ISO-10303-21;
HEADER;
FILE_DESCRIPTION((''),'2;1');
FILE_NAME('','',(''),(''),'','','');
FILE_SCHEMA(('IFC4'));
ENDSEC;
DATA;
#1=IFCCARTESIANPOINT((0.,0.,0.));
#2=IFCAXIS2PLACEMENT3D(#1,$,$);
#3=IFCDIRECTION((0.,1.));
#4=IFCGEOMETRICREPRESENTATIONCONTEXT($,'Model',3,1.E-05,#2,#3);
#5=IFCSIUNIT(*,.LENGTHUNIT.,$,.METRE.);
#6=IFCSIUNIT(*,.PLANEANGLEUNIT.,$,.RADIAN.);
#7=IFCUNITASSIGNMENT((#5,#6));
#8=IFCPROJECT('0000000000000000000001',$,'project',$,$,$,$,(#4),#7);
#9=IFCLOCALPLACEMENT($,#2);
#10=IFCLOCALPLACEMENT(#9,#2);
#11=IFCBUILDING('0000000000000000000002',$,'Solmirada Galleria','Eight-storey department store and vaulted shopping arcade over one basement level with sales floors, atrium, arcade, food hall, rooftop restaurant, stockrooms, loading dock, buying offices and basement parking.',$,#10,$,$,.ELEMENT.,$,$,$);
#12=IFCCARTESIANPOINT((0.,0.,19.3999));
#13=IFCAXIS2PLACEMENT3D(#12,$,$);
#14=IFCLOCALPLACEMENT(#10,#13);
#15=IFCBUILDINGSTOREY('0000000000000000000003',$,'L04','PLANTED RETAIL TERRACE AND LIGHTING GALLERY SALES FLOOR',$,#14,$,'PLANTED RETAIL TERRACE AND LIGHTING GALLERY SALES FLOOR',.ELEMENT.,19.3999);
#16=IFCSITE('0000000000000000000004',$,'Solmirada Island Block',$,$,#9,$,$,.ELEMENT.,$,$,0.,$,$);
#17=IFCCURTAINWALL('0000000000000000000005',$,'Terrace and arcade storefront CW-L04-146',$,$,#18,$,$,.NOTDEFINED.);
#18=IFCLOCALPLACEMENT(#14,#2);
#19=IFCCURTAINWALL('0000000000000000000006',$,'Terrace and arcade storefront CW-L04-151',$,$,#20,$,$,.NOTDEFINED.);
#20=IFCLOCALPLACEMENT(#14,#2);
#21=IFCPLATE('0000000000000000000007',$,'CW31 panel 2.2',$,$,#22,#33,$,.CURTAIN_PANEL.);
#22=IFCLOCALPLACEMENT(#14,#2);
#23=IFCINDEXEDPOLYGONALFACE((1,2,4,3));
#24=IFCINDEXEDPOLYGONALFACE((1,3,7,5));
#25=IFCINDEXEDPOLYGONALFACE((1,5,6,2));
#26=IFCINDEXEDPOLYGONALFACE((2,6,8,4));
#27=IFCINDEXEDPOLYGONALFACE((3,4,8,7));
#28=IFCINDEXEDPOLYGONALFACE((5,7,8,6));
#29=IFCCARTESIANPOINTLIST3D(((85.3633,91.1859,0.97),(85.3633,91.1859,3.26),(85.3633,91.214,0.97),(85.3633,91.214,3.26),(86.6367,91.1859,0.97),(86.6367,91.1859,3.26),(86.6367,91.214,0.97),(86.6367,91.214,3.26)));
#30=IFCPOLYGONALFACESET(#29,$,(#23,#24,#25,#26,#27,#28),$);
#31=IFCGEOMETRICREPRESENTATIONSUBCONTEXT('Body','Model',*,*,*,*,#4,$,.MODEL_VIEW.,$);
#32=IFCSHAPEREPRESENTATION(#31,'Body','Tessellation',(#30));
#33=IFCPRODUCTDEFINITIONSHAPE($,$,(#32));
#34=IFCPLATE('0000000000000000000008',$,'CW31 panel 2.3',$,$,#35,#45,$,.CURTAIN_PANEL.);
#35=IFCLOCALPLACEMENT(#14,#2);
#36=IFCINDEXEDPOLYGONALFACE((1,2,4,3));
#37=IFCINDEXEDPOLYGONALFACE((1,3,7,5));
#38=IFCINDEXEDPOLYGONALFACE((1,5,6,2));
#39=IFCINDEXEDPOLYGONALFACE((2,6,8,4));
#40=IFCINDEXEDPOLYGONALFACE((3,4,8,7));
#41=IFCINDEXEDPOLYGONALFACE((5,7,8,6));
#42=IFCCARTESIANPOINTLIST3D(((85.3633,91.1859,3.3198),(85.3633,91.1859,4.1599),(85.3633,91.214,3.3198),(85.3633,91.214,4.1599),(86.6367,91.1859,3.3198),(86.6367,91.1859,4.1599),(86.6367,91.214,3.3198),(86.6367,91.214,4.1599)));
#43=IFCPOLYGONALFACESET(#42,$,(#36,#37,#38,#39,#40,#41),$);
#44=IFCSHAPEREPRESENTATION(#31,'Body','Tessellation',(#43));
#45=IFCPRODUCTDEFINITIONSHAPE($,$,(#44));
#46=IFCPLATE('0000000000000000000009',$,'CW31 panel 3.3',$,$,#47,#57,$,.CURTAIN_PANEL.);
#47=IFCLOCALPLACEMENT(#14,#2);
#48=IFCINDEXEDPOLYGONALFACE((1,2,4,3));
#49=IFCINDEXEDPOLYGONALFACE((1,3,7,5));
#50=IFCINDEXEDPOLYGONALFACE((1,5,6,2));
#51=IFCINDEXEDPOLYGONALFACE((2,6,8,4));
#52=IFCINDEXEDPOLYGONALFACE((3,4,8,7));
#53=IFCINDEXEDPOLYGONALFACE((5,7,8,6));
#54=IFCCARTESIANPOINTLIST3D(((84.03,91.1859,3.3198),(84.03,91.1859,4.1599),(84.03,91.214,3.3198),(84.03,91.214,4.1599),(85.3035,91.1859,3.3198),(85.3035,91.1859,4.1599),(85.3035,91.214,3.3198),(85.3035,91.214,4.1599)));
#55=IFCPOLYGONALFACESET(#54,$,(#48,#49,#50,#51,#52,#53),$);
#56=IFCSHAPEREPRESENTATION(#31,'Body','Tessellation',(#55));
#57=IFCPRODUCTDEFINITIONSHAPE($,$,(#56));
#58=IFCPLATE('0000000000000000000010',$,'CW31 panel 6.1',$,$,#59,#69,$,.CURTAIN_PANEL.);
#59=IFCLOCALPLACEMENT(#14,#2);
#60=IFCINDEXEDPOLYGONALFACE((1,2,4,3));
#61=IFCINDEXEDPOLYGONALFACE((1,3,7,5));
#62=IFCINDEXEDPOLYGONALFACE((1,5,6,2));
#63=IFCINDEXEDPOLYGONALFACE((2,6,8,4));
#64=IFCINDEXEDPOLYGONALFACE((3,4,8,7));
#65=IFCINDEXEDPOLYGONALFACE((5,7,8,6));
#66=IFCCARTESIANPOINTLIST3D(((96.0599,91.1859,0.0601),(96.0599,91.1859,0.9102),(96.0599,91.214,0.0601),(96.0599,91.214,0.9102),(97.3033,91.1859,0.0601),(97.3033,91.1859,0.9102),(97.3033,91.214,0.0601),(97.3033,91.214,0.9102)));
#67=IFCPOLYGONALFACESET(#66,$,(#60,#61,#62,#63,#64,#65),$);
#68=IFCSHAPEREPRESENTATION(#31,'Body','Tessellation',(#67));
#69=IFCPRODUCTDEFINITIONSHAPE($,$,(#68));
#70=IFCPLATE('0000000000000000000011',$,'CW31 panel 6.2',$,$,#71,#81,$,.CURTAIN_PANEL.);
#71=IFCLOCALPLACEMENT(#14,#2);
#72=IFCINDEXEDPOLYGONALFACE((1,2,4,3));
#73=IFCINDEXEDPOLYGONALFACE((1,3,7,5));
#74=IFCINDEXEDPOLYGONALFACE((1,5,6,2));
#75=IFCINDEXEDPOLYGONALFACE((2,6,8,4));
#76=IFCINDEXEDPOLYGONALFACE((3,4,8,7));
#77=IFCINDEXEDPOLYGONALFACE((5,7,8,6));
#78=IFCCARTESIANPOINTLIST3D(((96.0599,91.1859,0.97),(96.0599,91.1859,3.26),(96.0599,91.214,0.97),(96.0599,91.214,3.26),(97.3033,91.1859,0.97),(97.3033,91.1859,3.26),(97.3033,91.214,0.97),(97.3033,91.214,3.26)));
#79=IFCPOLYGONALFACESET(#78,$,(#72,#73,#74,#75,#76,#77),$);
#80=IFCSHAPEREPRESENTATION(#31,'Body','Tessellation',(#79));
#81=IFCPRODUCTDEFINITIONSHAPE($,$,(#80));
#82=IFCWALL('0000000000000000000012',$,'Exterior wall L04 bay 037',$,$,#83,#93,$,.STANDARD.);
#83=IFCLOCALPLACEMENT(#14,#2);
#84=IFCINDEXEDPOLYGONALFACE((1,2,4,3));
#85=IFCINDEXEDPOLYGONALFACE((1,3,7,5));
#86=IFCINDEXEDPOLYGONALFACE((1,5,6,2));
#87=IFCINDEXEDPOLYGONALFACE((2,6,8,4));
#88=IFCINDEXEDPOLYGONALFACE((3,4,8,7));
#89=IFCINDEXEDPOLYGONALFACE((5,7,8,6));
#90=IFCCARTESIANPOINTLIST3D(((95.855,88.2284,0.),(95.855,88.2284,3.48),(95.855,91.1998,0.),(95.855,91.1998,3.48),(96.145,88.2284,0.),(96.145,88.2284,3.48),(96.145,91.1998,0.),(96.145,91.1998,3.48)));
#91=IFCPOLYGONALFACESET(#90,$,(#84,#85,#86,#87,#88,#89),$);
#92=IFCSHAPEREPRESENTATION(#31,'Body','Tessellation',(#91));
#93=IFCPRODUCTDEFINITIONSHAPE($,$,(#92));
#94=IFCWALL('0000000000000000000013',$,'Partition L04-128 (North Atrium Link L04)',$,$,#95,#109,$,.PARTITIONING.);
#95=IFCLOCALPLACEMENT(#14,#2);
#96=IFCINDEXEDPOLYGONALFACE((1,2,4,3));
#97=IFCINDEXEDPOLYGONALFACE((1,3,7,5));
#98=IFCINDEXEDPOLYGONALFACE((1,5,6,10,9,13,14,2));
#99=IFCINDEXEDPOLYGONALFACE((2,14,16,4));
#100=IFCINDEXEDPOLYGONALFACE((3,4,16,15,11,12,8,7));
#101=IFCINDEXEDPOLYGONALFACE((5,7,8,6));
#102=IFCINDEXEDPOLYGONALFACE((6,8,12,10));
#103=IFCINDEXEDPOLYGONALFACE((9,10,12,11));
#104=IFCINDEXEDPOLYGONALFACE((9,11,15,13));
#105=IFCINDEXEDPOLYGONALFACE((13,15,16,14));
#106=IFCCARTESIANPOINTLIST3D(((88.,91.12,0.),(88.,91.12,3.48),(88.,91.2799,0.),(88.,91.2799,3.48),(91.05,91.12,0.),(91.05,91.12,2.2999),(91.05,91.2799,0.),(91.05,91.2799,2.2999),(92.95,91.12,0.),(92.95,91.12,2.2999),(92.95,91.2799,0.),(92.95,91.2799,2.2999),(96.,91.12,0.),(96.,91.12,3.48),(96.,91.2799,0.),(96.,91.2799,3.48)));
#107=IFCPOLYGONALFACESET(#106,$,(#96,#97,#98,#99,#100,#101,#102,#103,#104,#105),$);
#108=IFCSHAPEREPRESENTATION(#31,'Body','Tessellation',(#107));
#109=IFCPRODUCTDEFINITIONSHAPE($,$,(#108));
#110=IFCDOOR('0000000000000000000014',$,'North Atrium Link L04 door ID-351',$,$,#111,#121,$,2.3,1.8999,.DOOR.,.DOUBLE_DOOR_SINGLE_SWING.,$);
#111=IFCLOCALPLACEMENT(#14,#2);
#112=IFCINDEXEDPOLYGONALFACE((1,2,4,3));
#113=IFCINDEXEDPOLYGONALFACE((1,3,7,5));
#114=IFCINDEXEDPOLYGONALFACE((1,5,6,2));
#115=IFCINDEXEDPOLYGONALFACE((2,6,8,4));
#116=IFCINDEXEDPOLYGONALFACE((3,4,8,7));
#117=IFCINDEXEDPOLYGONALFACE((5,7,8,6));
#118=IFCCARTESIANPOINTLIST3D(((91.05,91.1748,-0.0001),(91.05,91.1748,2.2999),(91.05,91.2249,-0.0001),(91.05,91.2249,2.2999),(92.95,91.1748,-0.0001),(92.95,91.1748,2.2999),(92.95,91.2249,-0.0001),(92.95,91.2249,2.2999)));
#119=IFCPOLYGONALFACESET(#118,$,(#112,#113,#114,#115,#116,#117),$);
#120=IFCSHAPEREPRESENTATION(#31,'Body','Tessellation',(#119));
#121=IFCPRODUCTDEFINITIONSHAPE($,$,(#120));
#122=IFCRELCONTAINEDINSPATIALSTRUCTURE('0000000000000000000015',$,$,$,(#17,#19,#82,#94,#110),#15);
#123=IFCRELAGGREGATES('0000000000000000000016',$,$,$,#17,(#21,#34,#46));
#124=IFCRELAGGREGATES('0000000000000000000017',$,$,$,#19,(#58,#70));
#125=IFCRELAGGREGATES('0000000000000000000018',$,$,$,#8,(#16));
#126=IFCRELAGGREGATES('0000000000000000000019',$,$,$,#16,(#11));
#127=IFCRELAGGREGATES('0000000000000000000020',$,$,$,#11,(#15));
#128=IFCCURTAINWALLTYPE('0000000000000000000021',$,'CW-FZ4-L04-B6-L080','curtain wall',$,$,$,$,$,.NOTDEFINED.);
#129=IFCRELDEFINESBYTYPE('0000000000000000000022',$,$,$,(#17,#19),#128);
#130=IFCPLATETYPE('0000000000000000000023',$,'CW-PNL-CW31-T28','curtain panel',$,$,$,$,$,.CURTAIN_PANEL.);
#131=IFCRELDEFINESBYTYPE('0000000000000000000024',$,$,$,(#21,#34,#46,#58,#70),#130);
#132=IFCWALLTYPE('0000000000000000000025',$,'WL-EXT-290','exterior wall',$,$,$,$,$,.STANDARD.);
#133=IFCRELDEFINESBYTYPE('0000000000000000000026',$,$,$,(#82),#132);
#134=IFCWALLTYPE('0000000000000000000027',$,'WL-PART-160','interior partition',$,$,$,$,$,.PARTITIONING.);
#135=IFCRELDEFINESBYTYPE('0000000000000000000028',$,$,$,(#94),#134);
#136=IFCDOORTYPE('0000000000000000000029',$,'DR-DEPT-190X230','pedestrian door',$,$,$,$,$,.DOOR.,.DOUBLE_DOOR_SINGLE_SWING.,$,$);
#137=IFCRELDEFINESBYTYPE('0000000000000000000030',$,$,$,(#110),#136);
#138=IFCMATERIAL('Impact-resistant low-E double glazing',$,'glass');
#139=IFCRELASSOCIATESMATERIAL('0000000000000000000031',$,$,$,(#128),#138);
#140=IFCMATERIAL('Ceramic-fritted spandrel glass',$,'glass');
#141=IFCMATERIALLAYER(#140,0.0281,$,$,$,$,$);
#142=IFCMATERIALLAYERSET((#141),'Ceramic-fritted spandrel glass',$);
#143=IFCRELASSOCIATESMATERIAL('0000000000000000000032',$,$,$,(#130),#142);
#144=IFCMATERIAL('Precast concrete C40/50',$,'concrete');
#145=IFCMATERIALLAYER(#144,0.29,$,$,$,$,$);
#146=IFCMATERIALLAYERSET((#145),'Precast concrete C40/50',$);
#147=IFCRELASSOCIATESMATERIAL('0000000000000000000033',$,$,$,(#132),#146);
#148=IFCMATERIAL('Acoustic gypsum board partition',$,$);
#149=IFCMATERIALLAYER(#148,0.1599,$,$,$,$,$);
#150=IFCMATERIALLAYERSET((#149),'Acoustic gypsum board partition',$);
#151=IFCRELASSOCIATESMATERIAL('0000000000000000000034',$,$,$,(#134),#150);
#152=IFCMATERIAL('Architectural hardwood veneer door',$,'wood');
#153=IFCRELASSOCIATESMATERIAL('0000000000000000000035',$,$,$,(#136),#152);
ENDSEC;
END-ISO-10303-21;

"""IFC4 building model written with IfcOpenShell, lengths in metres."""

from ifc_helpers import new_model, si_unit, direction, frame, frame_2d, origin, origin_2d, place, context, subcontext, project, spatial, rectangle, extrude, material, layer, layer_set, type_object, element, fill, aggregate, save


model = new_model("IFC4")

# Units and contexts
model_context = context("Model", 3, precision=1e-05, world=origin(), true_north=direction((0.0, 1.0)))
body_context = subcontext(model_context, "Body", "Model", "MODEL_VIEW")
ifc_project = project(units=[si_unit("LENGTHUNIT", "METRE"), si_unit("PLANEANGLEUNIT", "RADIAN")], contexts=[model_context])

# Site, building, storey
site_placement = place(None, origin())
site = spatial("IfcSite", under=ifc_project, at=site_placement, Name="Solmirada Island Block", CompositionType="ELEMENT", RefElevation=0.0)
building_placement = place(site_placement, origin())
building = spatial("IfcBuilding", under=site, at=building_placement, Name="Solmirada Galleria", Description="Eight-storey department store and vaulted shopping arcade over one basement level with sales floors, atrium, arcade, food hall, rooftop restaurant, stockrooms, loading dock, buying offices and basement parking.", CompositionType="ELEMENT")
storey_placement = place(building_placement, frame((0.0, 0.0, 19.3999)))
storey = spatial("IfcBuildingStorey", under=building, at=storey_placement, Name="L04", Description="PLANTED RETAIL TERRACE AND LIGHTING GALLERY SALES FLOOR", LongName="PLANTED RETAIL TERRACE AND LIGHTING GALLERY SALES FLOOR", CompositionType="ELEMENT", Elevation=19.3999)

# Curtain wall
ifc_material_1 = material(Name="Impact-resistant low-E double glazing", Category="glass")
curtain_wall_type = type_object("IfcCurtainWallType", Name="CW-FZ4-L04-B6-L080", Description="curtain wall", PredefinedType="NOTDEFINED", material=ifc_material_1)
curtain_wall_1_placement = place(storey_placement, origin())
curtain_wall_1 = element("IfcCurtainWall", 1, at=curtain_wall_1_placement, inside=storey, type_object=curtain_wall_type, Name="Terrace and arcade storefront CW-L04-146", PredefinedType="NOTDEFINED")

# Curtain wall
curtain_wall_2_placement = place(storey_placement, origin())
curtain_wall_2 = element("IfcCurtainWall", 2, at=curtain_wall_2_placement, inside=storey, type_object=curtain_wall_type, Name="Terrace and arcade storefront CW-L04-151", PredefinedType="NOTDEFINED")

# Plates
ifc_material_2 = material(Name="Ceramic-fritted spandrel glass", Category="glass")
ifc_layer_1 = layer(ifc_material_2, 0.0281)
ifc_layer_set_1 = layer_set([ifc_layer_1], Name="Ceramic-fritted spandrel glass")
plate_type = type_object("IfcPlateType", Name="CW-PNL-CW31-T28", Description="curtain panel", PredefinedType="CURTAIN_PANEL", material=ifc_layer_set_1)
plate_1_placement = place(storey_placement, frame((86.0, 91.2, 0.97), z_axis=(0.0, 0.0, 1.0), x_axis=(-1.0, 0.0, 0.0)))
plate_1 = element("IfcPlate", 3, at=plate_1_placement, type_object=plate_type, Name="CW31 panel 2.2", PredefinedType="CURTAIN_PANEL", context=body_context, shape_type="SweptSolid", body=[
    extrude(rectangle(XDim=1.2734, YDim=0.0281, at=origin_2d()), origin(), (0.0, 0.0, 1.0), 2.29),
])
plate_2_placement = place(storey_placement, frame((86.0, 91.2, 3.3198), z_axis=(0.0, 0.0, 1.0), x_axis=(-1.0, 0.0, 0.0)))
plate_2 = element("IfcPlate", 4, at=plate_2_placement, type_object=plate_type, Name="CW31 panel 2.3", PredefinedType="CURTAIN_PANEL", context=body_context, shape_type="SweptSolid", body=[
    extrude(rectangle(XDim=1.2734, YDim=0.0281, at=origin_2d()), origin(), (0.0, 0.0, 1.0), 0.8401),
])
plate_3_placement = place(storey_placement, frame((84.6667, 91.2, 3.3198), z_axis=(0.0, 0.0, 1.0), x_axis=(-1.0, 0.0, 0.0)))
plate_3 = element("IfcPlate", 5, at=plate_3_placement, type_object=plate_type, Name="CW31 panel 3.3", PredefinedType="CURTAIN_PANEL", context=body_context, shape_type="SweptSolid", body=[
    extrude(rectangle(XDim=1.2734, YDim=0.0281, at=origin_2d()), origin(), (0.0, 0.0, 1.0), 0.8401),
])
aggregate(curtain_wall_1, [plate_1, plate_2, plate_3])
plate_4_placement = place(storey_placement, frame((96.6816, 91.2, 0.0601), z_axis=(0.0, 0.0, 1.0), x_axis=(-1.0, 0.0, 0.0)))
plate_4 = element("IfcPlate", 6, at=plate_4_placement, type_object=plate_type, Name="CW31 panel 6.1", PredefinedType="CURTAIN_PANEL", context=body_context, shape_type="SweptSolid", body=[
    extrude(rectangle(XDim=1.2434, YDim=0.0281, at=origin_2d()), origin(), (0.0, 0.0, 1.0), 0.8501),
])
plate_5_placement = place(storey_placement, frame((96.6816, 91.2, 0.97), z_axis=(0.0, 0.0, 1.0), x_axis=(-1.0, 0.0, 0.0)))
plate_5 = element("IfcPlate", 7, at=plate_5_placement, type_object=plate_type, Name="CW31 panel 6.2", PredefinedType="CURTAIN_PANEL", context=body_context, shape_type="SweptSolid", body=[
    extrude(rectangle(XDim=1.2434, YDim=0.0281, at=origin_2d()), origin(), (0.0, 0.0, 1.0), 2.29),
])
aggregate(curtain_wall_2, [plate_4, plate_5])

# Wall
ifc_material_3 = material(Name="Precast concrete C40/50", Category="concrete")
ifc_layer_2 = layer(ifc_material_3, 0.29)
ifc_layer_set_2 = layer_set([ifc_layer_2], Name="Precast concrete C40/50")
wall_type_1 = type_object("IfcWallType", Name="WL-EXT-290", Description="exterior wall", PredefinedType="STANDARD", material=ifc_layer_set_2)
wall_1_placement = place(storey_placement, frame((96.0, 91.2, 0.0), z_axis=(0.0, 0.0, 1.0), x_axis=(0.0, -1.0, 0.0)))
element("IfcWall", 8, at=wall_1_placement, inside=storey, type_object=wall_type_1, Name="Exterior wall L04 bay 037", PredefinedType="STANDARD", context=body_context, shape_type="SweptSolid", body=[
    extrude(rectangle(XDim=2.9714, YDim=0.29, at=frame_2d((1.4858, 0.0))), origin(), (0.0, 0.0, 1.0), 3.48),
])

# Wall, opening, door
ifc_material_4 = material(Name="Acoustic gypsum board partition")
ifc_layer_3 = layer(ifc_material_4, 0.1599)
ifc_layer_set_3 = layer_set([ifc_layer_3], Name="Acoustic gypsum board partition")
wall_type_2 = type_object("IfcWallType", Name="WL-PART-160", Description="interior partition", PredefinedType="PARTITIONING", material=ifc_layer_set_3)
wall_2_placement = place(storey_placement, frame((88.0, 91.2, 0.0), z_axis=(0.0, 0.0, 1.0), x_axis=(1.0, 0.0, 0.0)))
wall_2 = element("IfcWall", 9, at=wall_2_placement, inside=storey, type_object=wall_type_2, Name="Partition L04-128 (North Atrium Link L04)", PredefinedType="PARTITIONING", context=body_context, shape_type="SweptSolid", body=[
    extrude(rectangle(XDim=8.0, YDim=0.1599, at=frame_2d((4.0, 0.0))), origin(), (0.0, 0.0, 1.0), 3.48),
])
opening_placement = place(wall_2_placement, frame((3.05, 0.0, 0.0)))
opening = element("IfcOpeningElement", 10, at=opening_placement, cuts=wall_2, PredefinedType="OPENING", context=body_context, shape_type="SweptSolid", body=[
    extrude(rectangle(XDim=1.8999, YDim=2.3, at=frame_2d((0.95, 1.1499))), frame((0.0, 0.0898, 0.0), z_axis=(0.0, -1.0, 0.0), x_axis=(1.0, 0.0, 0.0)), (0.0, 0.0, 1.0), 0.1799),
])
ifc_material_5 = material(Name="Architectural hardwood veneer door", Category="wood")
door_type = type_object("IfcDoorType", Name="DR-DEPT-190X230", Description="pedestrian door", OperationType="DOUBLE_DOOR_SINGLE_SWING", PredefinedType="DOOR", material=ifc_material_5)
door_placement = place(opening_placement, origin())
door = element("IfcDoor", 11, at=door_placement, inside=storey, type_object=door_type, Name="North Atrium Link L04 door ID-351", OperationType="DOUBLE_DOOR_SINGLE_SWING", OverallHeight=2.3, OverallWidth=1.8999, PredefinedType="DOOR", context=body_context, shape_type="SweptSolid", body=[
    extrude(rectangle(XDim=1.8999, YDim=2.3, at=frame_2d((0.95, 1.1499))), frame((0.0, 0.0249, 0.0), z_axis=(0.0, -1.0, 0.0), x_axis=(1.0, 0.0, 0.0)), (0.0, 0.0, 1.0), 0.05),
])
fill(opening, door)

save(model, "model.ifc")
